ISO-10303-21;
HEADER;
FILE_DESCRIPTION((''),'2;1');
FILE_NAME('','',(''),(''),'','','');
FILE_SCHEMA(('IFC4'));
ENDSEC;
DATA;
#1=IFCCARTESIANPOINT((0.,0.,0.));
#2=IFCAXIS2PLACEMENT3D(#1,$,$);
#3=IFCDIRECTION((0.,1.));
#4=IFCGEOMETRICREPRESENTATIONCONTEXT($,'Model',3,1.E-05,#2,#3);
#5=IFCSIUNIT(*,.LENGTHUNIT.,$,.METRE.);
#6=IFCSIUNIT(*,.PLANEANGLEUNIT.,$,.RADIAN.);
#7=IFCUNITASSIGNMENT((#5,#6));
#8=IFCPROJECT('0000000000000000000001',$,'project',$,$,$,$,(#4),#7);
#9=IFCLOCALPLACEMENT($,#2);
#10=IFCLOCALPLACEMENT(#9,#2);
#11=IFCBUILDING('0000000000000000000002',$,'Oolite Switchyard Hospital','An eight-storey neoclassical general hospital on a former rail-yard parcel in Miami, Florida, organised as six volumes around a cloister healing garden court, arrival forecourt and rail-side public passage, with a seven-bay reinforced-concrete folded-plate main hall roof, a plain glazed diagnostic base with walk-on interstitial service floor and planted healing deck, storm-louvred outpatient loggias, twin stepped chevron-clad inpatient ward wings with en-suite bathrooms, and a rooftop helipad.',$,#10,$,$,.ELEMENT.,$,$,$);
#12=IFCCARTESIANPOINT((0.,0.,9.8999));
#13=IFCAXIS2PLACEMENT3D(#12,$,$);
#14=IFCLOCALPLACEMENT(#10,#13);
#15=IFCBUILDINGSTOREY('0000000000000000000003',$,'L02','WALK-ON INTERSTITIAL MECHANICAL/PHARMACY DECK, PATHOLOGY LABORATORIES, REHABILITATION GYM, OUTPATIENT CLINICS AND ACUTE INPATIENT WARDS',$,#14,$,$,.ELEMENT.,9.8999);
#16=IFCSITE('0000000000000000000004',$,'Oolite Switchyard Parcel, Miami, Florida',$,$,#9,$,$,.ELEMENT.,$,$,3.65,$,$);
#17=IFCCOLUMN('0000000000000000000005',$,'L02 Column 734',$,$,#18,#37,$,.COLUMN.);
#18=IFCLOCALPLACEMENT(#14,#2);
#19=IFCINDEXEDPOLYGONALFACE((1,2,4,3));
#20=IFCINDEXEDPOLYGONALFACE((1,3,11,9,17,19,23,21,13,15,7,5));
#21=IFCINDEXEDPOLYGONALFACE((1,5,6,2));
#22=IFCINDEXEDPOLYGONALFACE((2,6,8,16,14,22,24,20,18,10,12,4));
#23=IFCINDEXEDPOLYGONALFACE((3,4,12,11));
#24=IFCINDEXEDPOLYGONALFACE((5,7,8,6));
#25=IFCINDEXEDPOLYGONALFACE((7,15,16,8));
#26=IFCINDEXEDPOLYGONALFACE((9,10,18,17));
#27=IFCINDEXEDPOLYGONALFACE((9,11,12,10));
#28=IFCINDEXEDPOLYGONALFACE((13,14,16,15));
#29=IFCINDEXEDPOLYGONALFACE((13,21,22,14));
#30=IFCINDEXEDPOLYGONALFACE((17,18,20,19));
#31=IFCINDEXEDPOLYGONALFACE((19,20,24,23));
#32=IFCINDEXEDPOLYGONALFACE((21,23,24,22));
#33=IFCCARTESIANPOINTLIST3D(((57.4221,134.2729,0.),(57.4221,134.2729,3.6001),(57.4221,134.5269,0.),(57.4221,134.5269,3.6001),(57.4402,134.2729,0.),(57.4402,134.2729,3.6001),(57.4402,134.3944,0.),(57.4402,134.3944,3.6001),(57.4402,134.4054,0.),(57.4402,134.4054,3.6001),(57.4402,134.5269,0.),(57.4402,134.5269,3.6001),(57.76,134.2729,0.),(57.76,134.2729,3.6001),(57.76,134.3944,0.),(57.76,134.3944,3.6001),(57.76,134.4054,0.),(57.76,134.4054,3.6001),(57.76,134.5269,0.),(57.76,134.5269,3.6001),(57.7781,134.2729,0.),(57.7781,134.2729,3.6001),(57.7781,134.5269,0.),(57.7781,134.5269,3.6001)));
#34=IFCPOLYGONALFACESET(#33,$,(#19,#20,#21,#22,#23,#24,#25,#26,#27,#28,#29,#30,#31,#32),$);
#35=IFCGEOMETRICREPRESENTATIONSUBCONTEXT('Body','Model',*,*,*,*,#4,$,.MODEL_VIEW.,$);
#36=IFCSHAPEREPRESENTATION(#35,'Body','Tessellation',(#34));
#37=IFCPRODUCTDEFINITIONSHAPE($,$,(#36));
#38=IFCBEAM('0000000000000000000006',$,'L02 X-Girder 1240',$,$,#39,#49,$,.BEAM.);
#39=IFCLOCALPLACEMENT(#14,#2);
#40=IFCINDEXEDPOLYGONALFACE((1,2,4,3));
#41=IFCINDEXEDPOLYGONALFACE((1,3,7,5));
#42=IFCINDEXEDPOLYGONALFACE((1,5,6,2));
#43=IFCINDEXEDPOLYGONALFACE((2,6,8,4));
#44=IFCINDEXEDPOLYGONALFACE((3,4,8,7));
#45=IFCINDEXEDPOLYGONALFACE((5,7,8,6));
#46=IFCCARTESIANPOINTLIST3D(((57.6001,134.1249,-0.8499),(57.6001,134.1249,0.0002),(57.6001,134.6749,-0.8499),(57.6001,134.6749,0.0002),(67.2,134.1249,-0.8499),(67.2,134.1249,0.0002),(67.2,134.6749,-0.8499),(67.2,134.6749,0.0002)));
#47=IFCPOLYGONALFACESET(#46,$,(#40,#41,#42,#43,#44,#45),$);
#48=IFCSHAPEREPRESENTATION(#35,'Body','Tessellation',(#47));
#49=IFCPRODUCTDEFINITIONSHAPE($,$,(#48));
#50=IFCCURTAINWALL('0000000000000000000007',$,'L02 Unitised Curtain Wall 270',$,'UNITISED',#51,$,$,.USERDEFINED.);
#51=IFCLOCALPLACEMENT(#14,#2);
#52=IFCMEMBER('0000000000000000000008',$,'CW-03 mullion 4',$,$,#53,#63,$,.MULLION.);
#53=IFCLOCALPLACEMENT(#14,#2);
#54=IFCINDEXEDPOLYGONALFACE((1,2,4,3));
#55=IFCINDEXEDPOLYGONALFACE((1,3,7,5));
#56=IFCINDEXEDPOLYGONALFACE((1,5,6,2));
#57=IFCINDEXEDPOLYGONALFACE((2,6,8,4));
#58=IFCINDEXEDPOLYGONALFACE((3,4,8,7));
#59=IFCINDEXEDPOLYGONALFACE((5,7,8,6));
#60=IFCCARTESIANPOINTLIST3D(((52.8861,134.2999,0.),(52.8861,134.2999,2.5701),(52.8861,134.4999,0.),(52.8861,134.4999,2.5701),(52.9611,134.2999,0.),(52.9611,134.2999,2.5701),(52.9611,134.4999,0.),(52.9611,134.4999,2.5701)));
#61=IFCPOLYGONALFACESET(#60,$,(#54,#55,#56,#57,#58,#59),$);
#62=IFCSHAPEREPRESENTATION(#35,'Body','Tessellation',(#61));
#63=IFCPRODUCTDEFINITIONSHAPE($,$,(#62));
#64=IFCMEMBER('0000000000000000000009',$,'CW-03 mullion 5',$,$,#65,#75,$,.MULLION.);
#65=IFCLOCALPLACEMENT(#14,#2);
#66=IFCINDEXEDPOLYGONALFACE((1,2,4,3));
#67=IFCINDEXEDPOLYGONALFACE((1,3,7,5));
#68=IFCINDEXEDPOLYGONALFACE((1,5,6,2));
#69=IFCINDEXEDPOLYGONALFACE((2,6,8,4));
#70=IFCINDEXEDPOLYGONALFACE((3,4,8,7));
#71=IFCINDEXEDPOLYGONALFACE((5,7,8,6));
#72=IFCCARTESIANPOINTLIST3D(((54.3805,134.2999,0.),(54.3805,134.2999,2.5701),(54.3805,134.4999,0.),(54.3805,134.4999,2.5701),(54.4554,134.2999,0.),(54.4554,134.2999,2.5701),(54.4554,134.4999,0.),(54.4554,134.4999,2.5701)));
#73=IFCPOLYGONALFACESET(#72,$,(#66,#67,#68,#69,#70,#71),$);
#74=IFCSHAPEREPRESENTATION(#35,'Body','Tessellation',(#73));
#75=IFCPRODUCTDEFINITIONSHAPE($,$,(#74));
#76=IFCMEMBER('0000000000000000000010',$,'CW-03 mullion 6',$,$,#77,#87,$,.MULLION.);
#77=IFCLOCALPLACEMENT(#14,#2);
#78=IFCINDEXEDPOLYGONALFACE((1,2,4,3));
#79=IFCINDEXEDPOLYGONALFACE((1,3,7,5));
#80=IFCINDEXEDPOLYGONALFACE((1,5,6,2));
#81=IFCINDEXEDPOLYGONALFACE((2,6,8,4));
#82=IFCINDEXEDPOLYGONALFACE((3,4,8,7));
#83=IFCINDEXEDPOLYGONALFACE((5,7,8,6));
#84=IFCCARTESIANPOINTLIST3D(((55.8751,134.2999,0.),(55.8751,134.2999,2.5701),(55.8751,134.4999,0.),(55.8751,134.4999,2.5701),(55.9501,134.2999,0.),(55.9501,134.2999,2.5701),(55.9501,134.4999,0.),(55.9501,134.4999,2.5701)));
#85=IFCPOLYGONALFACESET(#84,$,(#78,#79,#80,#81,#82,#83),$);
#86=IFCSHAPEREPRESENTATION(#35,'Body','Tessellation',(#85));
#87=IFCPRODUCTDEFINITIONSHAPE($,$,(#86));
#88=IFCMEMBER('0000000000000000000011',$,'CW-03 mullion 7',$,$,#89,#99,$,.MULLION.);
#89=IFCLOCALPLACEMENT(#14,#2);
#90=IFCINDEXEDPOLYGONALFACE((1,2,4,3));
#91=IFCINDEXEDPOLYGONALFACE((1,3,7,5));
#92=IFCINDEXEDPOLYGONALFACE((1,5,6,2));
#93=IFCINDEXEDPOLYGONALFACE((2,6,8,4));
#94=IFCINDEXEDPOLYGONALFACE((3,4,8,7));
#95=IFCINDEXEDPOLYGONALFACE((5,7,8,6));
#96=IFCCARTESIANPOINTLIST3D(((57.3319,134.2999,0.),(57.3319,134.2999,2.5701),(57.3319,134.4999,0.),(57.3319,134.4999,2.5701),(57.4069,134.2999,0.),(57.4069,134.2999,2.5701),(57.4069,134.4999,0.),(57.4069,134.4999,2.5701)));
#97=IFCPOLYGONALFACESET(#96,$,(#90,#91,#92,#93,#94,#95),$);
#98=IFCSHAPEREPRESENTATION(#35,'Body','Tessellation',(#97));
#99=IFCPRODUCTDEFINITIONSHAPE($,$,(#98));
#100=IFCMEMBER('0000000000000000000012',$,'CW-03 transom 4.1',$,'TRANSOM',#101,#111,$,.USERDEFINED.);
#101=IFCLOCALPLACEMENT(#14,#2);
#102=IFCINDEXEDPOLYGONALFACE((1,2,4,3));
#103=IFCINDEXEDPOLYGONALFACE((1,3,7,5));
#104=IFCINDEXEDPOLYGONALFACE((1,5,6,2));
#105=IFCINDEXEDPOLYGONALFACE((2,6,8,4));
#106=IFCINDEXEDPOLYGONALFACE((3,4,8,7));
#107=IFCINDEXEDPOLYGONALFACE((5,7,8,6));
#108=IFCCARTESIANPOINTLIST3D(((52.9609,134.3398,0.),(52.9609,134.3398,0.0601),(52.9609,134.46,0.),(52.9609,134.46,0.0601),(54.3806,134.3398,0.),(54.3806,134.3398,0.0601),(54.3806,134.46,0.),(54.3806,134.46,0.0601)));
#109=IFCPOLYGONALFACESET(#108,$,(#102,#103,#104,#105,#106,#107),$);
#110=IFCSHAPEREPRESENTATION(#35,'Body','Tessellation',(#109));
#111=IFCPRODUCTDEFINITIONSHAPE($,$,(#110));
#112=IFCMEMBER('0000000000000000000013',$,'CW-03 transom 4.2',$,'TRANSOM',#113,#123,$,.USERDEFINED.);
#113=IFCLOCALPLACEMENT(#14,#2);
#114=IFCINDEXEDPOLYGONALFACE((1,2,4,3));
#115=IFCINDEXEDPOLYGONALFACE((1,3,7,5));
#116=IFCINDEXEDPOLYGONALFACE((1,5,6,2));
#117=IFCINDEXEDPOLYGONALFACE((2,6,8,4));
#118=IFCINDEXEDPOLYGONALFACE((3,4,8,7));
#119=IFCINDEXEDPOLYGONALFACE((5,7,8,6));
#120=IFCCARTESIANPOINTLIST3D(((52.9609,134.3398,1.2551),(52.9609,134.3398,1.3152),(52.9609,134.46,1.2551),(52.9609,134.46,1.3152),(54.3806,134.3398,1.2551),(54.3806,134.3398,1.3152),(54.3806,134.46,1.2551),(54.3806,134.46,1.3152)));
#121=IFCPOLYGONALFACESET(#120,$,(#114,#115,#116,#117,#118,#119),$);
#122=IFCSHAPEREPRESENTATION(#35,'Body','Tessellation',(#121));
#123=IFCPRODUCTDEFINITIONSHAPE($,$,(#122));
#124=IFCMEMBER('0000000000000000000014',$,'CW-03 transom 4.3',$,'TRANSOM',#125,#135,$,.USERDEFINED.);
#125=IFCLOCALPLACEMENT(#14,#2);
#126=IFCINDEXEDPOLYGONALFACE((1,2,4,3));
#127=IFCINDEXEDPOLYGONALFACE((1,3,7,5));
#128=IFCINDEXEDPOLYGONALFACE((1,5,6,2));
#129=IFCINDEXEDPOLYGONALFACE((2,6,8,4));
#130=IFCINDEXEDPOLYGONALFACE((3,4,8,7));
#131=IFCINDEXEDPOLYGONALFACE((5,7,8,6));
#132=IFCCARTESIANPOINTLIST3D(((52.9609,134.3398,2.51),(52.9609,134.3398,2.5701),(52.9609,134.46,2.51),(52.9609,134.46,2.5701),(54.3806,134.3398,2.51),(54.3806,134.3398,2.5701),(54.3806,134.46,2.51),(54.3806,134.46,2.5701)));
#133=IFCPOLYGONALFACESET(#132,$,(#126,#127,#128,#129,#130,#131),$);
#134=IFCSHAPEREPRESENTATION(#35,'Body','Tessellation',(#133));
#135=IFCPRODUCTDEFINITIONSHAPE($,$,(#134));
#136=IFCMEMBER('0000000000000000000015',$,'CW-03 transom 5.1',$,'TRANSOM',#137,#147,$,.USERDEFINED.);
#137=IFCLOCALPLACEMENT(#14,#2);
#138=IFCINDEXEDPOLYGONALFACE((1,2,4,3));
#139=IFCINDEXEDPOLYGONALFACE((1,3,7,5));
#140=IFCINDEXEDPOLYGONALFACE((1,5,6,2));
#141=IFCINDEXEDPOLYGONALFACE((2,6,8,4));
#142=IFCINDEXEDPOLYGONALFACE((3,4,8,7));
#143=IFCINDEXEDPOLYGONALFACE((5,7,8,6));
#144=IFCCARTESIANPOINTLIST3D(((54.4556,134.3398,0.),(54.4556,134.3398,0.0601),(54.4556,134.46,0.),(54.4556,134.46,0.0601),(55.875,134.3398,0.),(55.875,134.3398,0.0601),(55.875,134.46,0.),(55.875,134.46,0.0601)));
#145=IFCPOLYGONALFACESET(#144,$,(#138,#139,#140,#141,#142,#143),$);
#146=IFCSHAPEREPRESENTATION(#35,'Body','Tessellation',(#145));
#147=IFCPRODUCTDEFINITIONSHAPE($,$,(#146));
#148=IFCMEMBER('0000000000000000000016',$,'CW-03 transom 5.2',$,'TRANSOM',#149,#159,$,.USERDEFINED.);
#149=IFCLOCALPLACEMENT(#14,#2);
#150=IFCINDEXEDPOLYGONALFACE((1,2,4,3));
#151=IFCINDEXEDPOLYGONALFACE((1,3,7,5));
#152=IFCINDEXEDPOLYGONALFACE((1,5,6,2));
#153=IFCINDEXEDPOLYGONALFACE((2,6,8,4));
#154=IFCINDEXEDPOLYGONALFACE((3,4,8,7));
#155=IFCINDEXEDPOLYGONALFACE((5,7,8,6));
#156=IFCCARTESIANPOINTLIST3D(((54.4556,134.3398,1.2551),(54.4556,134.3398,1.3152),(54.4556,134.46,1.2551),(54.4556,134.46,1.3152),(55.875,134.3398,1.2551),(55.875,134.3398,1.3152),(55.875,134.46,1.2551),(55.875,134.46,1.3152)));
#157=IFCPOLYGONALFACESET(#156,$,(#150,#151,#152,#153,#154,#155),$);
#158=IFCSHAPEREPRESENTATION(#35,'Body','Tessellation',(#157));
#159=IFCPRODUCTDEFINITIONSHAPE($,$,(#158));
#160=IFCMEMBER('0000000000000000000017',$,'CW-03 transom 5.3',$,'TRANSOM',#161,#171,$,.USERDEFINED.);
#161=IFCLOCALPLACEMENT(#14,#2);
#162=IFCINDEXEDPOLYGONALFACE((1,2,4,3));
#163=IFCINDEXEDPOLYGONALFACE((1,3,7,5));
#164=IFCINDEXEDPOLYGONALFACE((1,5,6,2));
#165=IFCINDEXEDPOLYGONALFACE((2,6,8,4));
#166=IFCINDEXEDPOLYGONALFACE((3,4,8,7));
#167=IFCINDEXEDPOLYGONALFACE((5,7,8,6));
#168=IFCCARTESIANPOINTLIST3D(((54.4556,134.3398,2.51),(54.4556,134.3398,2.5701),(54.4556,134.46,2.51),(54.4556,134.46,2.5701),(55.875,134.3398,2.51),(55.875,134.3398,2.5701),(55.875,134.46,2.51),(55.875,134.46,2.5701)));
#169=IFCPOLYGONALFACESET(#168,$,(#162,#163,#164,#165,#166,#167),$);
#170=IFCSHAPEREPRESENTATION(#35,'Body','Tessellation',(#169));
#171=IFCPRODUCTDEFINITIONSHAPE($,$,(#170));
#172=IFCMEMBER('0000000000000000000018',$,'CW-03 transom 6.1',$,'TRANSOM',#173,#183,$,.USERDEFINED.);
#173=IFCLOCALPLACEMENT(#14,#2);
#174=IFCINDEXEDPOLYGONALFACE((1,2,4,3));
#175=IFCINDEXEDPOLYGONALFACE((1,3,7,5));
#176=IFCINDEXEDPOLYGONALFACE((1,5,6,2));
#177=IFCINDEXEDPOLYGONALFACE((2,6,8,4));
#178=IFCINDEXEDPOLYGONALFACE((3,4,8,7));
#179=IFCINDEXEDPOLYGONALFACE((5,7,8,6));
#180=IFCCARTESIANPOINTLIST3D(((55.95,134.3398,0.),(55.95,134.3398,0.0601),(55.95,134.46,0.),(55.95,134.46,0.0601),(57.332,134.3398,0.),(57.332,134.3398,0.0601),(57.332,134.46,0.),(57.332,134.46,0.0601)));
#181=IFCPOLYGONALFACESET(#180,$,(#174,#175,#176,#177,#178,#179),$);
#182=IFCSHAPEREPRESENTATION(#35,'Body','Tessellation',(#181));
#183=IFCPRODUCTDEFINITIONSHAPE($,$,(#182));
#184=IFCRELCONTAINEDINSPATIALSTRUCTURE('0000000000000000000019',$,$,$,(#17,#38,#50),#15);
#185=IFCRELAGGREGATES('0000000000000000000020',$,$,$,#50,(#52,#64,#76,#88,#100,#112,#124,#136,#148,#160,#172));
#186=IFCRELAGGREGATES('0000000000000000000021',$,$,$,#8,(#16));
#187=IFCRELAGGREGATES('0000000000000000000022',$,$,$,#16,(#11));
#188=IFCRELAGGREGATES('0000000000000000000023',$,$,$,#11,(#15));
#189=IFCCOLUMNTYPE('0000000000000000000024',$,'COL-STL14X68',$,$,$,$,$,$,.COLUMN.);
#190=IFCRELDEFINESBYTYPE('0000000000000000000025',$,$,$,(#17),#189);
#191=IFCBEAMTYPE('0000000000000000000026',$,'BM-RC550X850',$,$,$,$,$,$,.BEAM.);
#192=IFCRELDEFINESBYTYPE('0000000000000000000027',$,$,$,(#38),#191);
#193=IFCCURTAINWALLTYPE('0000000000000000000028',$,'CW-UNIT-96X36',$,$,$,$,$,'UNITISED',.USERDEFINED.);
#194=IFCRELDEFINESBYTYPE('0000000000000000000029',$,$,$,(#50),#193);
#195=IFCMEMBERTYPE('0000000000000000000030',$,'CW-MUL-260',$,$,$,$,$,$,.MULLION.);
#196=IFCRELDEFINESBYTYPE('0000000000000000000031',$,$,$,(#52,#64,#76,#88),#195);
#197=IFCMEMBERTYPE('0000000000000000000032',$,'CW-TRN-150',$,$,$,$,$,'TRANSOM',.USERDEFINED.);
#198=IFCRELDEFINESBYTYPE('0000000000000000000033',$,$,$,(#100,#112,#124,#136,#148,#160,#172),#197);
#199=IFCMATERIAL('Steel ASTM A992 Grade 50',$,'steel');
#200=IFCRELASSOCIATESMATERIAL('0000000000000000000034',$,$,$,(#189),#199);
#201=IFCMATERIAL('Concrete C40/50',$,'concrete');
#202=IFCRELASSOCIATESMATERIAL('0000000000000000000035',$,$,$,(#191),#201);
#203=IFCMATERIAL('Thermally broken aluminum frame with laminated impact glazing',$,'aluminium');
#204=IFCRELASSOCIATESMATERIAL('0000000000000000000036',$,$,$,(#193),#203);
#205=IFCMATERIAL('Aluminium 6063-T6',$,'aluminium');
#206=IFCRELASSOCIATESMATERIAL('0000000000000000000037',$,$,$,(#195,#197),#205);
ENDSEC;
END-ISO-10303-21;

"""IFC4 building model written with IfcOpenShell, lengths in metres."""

from ifc_helpers import new_model, si_unit, direction, frame, origin, origin_2d, place, context, subcontext, project, spatial, rectangle, i_section, extrude, material, material_profile, profile_set, type_object, element, aggregate, save


model = new_model("IFC4")

# Units and contexts
model_context = context("Model", 3, precision=1e-05, world=origin(), true_north=direction((0.0, 1.0)))
body_context = subcontext(model_context, "Body", "Model", "MODEL_VIEW")
ifc_project = project(units=[si_unit("LENGTHUNIT", "METRE"), si_unit("PLANEANGLEUNIT", "RADIAN")], contexts=[model_context])

# Site, building, storey
site_placement = place(None, origin())
site = spatial("IfcSite", under=ifc_project, at=site_placement, Name="Oolite Switchyard Parcel, Miami, Florida", CompositionType="ELEMENT", RefElevation=3.65)
building_placement = place(site_placement, origin())
building = spatial("IfcBuilding", under=site, at=building_placement, Name="Oolite Switchyard Hospital", Description="An eight-storey neoclassical general hospital on a former rail-yard parcel in Miami, Florida, organised as six volumes around a cloister healing garden court, arrival forecourt and rail-side public passage, with a seven-bay reinforced-concrete folded-plate main hall roof, a plain glazed diagnostic base with walk-on interstitial service floor and planted healing deck, storm-louvred outpatient loggias, twin stepped chevron-clad inpatient ward wings with en-suite bathrooms, and a rooftop helipad.", CompositionType="ELEMENT")
storey_placement = place(building_placement, frame((0.0, 0.0, 9.8999)))
storey = spatial("IfcBuildingStorey", under=building, at=storey_placement, Name="L02", Description="WALK-ON INTERSTITIAL MECHANICAL/PHARMACY DECK, PATHOLOGY LABORATORIES, REHABILITATION GYM, OUTPATIENT CLINICS AND ACUTE INPATIENT WARDS", CompositionType="ELEMENT", Elevation=9.8999)

# Column
ifc_material_1 = material(Name="Steel ASTM A992 Grade 50", Category="steel")
ifc_material_profile_1 = material_profile(ifc_material_1, i_section(OverallWidth=0.2539, OverallDepth=0.356, WebThickness=0.011, FlangeThickness=0.0181, at=origin_2d()), Name="W14X68")
ifc_profile_set_1 = profile_set([ifc_material_profile_1], Name="Steel ASTM A992 Grade 50")
column_type = type_object("IfcColumnType", Name="COL-STL14X68", PredefinedType="COLUMN", material=ifc_profile_set_1)
column_placement = place(storey_placement, frame((57.6001, 134.3999, 0.0), z_axis=(0.0, 0.0, 1.0), x_axis=(0.0, -1.0, 0.0)))
element("IfcColumn", 1, at=column_placement, inside=storey, type_object=column_type, Name="L02 Column 734", PredefinedType="COLUMN", context=body_context, shape_type="SweptSolid", body=[
    extrude(i_section(OverallWidth=0.2539, OverallDepth=0.356, WebThickness=0.011, FlangeThickness=0.0181, at=origin_2d()), origin(), (0.0, 0.0, 1.0), 3.6001),
])

# Beam
ifc_material_2 = material(Name="Concrete C40/50", Category="concrete")
ifc_material_profile_2 = material_profile(ifc_material_2, rectangle(XDim=0.55, YDim=0.8501, at=origin_2d()), Name="RCB550X850")
ifc_profile_set_2 = profile_set([ifc_material_profile_2], Name="Concrete C40/50")
beam_type = type_object("IfcBeamType", Name="BM-RC550X850", PredefinedType="BEAM", material=ifc_profile_set_2)
beam_placement = place(storey_placement, frame((57.6001, 134.3999, -0.4248), z_axis=(1.0, 0.0, 0.0), x_axis=(0.0, 1.0, 0.0)))
element("IfcBeam", 2, at=beam_placement, inside=storey, type_object=beam_type, Name="L02 X-Girder 1240", PredefinedType="BEAM", context=body_context, shape_type="SweptSolid", body=[
    extrude(rectangle(XDim=0.55, YDim=0.8501, at=origin_2d()), origin(), (0.0, 0.0, 1.0), 9.5999),
])

# Curtain wall, members
ifc_material_3 = material(Name="Thermally broken aluminum frame with laminated impact glazing", Category="aluminium")
curtain_wall_type = type_object("IfcCurtainWallType", Name="CW-UNIT-96X36", ElementType="UNITISED", PredefinedType="USERDEFINED", material=ifc_material_3)
curtain_wall_placement = place(storey_placement, origin())
curtain_wall = element("IfcCurtainWall", 3, at=curtain_wall_placement, inside=storey, type_object=curtain_wall_type, Name="L02 Unitised Curtain Wall 270", ObjectType="UNITISED", PredefinedType="USERDEFINED")
ifc_material_4 = material(Name="Aluminium 6063-T6", Category="aluminium")
ifc_material_profile_3 = material_profile(ifc_material_4, rectangle(XDim=0.2, YDim=0.075, at=origin_2d()), Name="CWM75X200")
ifc_profile_set_3 = profile_set([ifc_material_profile_3], Name="Aluminium 6063-T6")
member_type_1 = type_object("IfcMemberType", Name="CW-MUL-260", PredefinedType="MULLION", material=ifc_profile_set_3)
member_1_placement = place(storey_placement, frame((52.9236, 134.3999, 0.0), z_axis=(0.0, 0.0, 1.0), x_axis=(0.0, 1.0, 0.0)))
member_1 = element("IfcMember", 4, at=member_1_placement, type_object=member_type_1, Name="CW-03 mullion 4", PredefinedType="MULLION", context=body_context, shape_type="SweptSolid", body=[
    extrude(rectangle(XDim=0.2, YDim=0.075, at=origin_2d()), origin(), (0.0, 0.0, 1.0), 2.5701),
])
member_2_placement = place(storey_placement, frame((54.418, 134.3999, 0.0), z_axis=(0.0, 0.0, 1.0), x_axis=(0.0, 1.0, 0.0)))
member_2 = element("IfcMember", 5, at=member_2_placement, type_object=member_type_1, Name="CW-03 mullion 5", PredefinedType="MULLION", context=body_context, shape_type="SweptSolid", body=[
    extrude(rectangle(XDim=0.2, YDim=0.075, at=origin_2d()), origin(), (0.0, 0.0, 1.0), 2.5701),
])
member_3_placement = place(storey_placement, frame((55.9126, 134.3999, 0.0), z_axis=(0.0, 0.0, 1.0), x_axis=(0.0, 1.0, 0.0)))
member_3 = element("IfcMember", 6, at=member_3_placement, type_object=member_type_1, Name="CW-03 mullion 6", PredefinedType="MULLION", context=body_context, shape_type="SweptSolid", body=[
    extrude(rectangle(XDim=0.2, YDim=0.075, at=origin_2d()), origin(), (0.0, 0.0, 1.0), 2.5701),
])
member_4_placement = place(storey_placement, frame((57.3694, 134.3999, 0.0), z_axis=(0.0, 0.0, 1.0), x_axis=(0.0, 1.0, 0.0)))
member_4 = element("IfcMember", 7, at=member_4_placement, type_object=member_type_1, Name="CW-03 mullion 7", PredefinedType="MULLION", context=body_context, shape_type="SweptSolid", body=[
    extrude(rectangle(XDim=0.2, YDim=0.075, at=origin_2d()), origin(), (0.0, 0.0, 1.0), 2.5701),
])
ifc_material_profile_4 = material_profile(ifc_material_4, rectangle(XDim=0.1201, YDim=0.0601, at=origin_2d()), Name="CWT60X120")
ifc_profile_set_4 = profile_set([ifc_material_profile_4], Name="Aluminium 6063-T6")
member_type_2 = type_object("IfcMemberType", Name="CW-TRN-150", ElementType="TRANSOM", PredefinedType="USERDEFINED", material=ifc_profile_set_4)
member_5_placement = place(storey_placement, frame((52.9609, 134.3999, 0.03), z_axis=(1.0, 0.0, 0.0), x_axis=(0.0, 1.0, 0.0)))
member_5 = element("IfcMember", 8, at=member_5_placement, type_object=member_type_2, Name="CW-03 transom 4.1", ObjectType="TRANSOM", PredefinedType="USERDEFINED", context=body_context, shape_type="SweptSolid", body=[
    extrude(rectangle(XDim=0.1201, YDim=0.0601, at=origin_2d()), origin(), (0.0, 0.0, 1.0), 1.4197),
])
member_6_placement = place(storey_placement, frame((52.9609, 134.3999, 1.2852), z_axis=(1.0, 0.0, 0.0), x_axis=(0.0, 1.0, 0.0)))
member_6 = element("IfcMember", 9, at=member_6_placement, type_object=member_type_2, Name="CW-03 transom 4.2", ObjectType="TRANSOM", PredefinedType="USERDEFINED", context=body_context, shape_type="SweptSolid", body=[
    extrude(rectangle(XDim=0.1201, YDim=0.0601, at=origin_2d()), origin(), (0.0, 0.0, 1.0), 1.4197),
])
member_7_placement = place(storey_placement, frame((52.9609, 134.3999, 2.54), z_axis=(1.0, 0.0, 0.0), x_axis=(0.0, 1.0, 0.0)))
member_7 = element("IfcMember", 10, at=member_7_placement, type_object=member_type_2, Name="CW-03 transom 4.3", ObjectType="TRANSOM", PredefinedType="USERDEFINED", context=body_context, shape_type="SweptSolid", body=[
    extrude(rectangle(XDim=0.1201, YDim=0.0601, at=origin_2d()), origin(), (0.0, 0.0, 1.0), 1.4197),
])
member_8_placement = place(storey_placement, frame((54.4556, 134.3999, 0.03), z_axis=(1.0, 0.0, 0.0), x_axis=(0.0, 1.0, 0.0)))
member_8 = element("IfcMember", 11, at=member_8_placement, type_object=member_type_2, Name="CW-03 transom 5.1", ObjectType="TRANSOM", PredefinedType="USERDEFINED", context=body_context, shape_type="SweptSolid", body=[
    extrude(rectangle(XDim=0.1201, YDim=0.0601, at=origin_2d()), origin(), (0.0, 0.0, 1.0), 1.4194),
])
member_9_placement = place(storey_placement, frame((54.4556, 134.3999, 1.2852), z_axis=(1.0, 0.0, 0.0), x_axis=(0.0, 1.0, 0.0)))
member_9 = element("IfcMember", 12, at=member_9_placement, type_object=member_type_2, Name="CW-03 transom 5.2", ObjectType="TRANSOM", PredefinedType="USERDEFINED", context=body_context, shape_type="SweptSolid", body=[
    extrude(rectangle(XDim=0.1201, YDim=0.0601, at=origin_2d()), origin(), (0.0, 0.0, 1.0), 1.4194),
])
member_10_placement = place(storey_placement, frame((54.4556, 134.3999, 2.54), z_axis=(1.0, 0.0, 0.0), x_axis=(0.0, 1.0, 0.0)))
member_10 = element("IfcMember", 13, at=member_10_placement, type_object=member_type_2, Name="CW-03 transom 5.3", ObjectType="TRANSOM", PredefinedType="USERDEFINED", context=body_context, shape_type="SweptSolid", body=[
    extrude(rectangle(XDim=0.1201, YDim=0.0601, at=origin_2d()), origin(), (0.0, 0.0, 1.0), 1.4194),
])
member_11_placement = place(storey_placement, frame((55.95, 134.3999, 0.03), z_axis=(1.0, 0.0, 0.0), x_axis=(0.0, 1.0, 0.0)))
member_11 = element("IfcMember", 14, at=member_11_placement, type_object=member_type_2, Name="CW-03 transom 6.1", ObjectType="TRANSOM", PredefinedType="USERDEFINED", context=body_context, shape_type="SweptSolid", body=[
    extrude(rectangle(XDim=0.1201, YDim=0.0601, at=origin_2d()), origin(), (0.0, 0.0, 1.0), 1.3821),
])
aggregate(curtain_wall, [member_1, member_2, member_3, member_4, member_5, member_6, member_7, member_8, member_9, member_10, member_11])

save(model, "model.ifc")
